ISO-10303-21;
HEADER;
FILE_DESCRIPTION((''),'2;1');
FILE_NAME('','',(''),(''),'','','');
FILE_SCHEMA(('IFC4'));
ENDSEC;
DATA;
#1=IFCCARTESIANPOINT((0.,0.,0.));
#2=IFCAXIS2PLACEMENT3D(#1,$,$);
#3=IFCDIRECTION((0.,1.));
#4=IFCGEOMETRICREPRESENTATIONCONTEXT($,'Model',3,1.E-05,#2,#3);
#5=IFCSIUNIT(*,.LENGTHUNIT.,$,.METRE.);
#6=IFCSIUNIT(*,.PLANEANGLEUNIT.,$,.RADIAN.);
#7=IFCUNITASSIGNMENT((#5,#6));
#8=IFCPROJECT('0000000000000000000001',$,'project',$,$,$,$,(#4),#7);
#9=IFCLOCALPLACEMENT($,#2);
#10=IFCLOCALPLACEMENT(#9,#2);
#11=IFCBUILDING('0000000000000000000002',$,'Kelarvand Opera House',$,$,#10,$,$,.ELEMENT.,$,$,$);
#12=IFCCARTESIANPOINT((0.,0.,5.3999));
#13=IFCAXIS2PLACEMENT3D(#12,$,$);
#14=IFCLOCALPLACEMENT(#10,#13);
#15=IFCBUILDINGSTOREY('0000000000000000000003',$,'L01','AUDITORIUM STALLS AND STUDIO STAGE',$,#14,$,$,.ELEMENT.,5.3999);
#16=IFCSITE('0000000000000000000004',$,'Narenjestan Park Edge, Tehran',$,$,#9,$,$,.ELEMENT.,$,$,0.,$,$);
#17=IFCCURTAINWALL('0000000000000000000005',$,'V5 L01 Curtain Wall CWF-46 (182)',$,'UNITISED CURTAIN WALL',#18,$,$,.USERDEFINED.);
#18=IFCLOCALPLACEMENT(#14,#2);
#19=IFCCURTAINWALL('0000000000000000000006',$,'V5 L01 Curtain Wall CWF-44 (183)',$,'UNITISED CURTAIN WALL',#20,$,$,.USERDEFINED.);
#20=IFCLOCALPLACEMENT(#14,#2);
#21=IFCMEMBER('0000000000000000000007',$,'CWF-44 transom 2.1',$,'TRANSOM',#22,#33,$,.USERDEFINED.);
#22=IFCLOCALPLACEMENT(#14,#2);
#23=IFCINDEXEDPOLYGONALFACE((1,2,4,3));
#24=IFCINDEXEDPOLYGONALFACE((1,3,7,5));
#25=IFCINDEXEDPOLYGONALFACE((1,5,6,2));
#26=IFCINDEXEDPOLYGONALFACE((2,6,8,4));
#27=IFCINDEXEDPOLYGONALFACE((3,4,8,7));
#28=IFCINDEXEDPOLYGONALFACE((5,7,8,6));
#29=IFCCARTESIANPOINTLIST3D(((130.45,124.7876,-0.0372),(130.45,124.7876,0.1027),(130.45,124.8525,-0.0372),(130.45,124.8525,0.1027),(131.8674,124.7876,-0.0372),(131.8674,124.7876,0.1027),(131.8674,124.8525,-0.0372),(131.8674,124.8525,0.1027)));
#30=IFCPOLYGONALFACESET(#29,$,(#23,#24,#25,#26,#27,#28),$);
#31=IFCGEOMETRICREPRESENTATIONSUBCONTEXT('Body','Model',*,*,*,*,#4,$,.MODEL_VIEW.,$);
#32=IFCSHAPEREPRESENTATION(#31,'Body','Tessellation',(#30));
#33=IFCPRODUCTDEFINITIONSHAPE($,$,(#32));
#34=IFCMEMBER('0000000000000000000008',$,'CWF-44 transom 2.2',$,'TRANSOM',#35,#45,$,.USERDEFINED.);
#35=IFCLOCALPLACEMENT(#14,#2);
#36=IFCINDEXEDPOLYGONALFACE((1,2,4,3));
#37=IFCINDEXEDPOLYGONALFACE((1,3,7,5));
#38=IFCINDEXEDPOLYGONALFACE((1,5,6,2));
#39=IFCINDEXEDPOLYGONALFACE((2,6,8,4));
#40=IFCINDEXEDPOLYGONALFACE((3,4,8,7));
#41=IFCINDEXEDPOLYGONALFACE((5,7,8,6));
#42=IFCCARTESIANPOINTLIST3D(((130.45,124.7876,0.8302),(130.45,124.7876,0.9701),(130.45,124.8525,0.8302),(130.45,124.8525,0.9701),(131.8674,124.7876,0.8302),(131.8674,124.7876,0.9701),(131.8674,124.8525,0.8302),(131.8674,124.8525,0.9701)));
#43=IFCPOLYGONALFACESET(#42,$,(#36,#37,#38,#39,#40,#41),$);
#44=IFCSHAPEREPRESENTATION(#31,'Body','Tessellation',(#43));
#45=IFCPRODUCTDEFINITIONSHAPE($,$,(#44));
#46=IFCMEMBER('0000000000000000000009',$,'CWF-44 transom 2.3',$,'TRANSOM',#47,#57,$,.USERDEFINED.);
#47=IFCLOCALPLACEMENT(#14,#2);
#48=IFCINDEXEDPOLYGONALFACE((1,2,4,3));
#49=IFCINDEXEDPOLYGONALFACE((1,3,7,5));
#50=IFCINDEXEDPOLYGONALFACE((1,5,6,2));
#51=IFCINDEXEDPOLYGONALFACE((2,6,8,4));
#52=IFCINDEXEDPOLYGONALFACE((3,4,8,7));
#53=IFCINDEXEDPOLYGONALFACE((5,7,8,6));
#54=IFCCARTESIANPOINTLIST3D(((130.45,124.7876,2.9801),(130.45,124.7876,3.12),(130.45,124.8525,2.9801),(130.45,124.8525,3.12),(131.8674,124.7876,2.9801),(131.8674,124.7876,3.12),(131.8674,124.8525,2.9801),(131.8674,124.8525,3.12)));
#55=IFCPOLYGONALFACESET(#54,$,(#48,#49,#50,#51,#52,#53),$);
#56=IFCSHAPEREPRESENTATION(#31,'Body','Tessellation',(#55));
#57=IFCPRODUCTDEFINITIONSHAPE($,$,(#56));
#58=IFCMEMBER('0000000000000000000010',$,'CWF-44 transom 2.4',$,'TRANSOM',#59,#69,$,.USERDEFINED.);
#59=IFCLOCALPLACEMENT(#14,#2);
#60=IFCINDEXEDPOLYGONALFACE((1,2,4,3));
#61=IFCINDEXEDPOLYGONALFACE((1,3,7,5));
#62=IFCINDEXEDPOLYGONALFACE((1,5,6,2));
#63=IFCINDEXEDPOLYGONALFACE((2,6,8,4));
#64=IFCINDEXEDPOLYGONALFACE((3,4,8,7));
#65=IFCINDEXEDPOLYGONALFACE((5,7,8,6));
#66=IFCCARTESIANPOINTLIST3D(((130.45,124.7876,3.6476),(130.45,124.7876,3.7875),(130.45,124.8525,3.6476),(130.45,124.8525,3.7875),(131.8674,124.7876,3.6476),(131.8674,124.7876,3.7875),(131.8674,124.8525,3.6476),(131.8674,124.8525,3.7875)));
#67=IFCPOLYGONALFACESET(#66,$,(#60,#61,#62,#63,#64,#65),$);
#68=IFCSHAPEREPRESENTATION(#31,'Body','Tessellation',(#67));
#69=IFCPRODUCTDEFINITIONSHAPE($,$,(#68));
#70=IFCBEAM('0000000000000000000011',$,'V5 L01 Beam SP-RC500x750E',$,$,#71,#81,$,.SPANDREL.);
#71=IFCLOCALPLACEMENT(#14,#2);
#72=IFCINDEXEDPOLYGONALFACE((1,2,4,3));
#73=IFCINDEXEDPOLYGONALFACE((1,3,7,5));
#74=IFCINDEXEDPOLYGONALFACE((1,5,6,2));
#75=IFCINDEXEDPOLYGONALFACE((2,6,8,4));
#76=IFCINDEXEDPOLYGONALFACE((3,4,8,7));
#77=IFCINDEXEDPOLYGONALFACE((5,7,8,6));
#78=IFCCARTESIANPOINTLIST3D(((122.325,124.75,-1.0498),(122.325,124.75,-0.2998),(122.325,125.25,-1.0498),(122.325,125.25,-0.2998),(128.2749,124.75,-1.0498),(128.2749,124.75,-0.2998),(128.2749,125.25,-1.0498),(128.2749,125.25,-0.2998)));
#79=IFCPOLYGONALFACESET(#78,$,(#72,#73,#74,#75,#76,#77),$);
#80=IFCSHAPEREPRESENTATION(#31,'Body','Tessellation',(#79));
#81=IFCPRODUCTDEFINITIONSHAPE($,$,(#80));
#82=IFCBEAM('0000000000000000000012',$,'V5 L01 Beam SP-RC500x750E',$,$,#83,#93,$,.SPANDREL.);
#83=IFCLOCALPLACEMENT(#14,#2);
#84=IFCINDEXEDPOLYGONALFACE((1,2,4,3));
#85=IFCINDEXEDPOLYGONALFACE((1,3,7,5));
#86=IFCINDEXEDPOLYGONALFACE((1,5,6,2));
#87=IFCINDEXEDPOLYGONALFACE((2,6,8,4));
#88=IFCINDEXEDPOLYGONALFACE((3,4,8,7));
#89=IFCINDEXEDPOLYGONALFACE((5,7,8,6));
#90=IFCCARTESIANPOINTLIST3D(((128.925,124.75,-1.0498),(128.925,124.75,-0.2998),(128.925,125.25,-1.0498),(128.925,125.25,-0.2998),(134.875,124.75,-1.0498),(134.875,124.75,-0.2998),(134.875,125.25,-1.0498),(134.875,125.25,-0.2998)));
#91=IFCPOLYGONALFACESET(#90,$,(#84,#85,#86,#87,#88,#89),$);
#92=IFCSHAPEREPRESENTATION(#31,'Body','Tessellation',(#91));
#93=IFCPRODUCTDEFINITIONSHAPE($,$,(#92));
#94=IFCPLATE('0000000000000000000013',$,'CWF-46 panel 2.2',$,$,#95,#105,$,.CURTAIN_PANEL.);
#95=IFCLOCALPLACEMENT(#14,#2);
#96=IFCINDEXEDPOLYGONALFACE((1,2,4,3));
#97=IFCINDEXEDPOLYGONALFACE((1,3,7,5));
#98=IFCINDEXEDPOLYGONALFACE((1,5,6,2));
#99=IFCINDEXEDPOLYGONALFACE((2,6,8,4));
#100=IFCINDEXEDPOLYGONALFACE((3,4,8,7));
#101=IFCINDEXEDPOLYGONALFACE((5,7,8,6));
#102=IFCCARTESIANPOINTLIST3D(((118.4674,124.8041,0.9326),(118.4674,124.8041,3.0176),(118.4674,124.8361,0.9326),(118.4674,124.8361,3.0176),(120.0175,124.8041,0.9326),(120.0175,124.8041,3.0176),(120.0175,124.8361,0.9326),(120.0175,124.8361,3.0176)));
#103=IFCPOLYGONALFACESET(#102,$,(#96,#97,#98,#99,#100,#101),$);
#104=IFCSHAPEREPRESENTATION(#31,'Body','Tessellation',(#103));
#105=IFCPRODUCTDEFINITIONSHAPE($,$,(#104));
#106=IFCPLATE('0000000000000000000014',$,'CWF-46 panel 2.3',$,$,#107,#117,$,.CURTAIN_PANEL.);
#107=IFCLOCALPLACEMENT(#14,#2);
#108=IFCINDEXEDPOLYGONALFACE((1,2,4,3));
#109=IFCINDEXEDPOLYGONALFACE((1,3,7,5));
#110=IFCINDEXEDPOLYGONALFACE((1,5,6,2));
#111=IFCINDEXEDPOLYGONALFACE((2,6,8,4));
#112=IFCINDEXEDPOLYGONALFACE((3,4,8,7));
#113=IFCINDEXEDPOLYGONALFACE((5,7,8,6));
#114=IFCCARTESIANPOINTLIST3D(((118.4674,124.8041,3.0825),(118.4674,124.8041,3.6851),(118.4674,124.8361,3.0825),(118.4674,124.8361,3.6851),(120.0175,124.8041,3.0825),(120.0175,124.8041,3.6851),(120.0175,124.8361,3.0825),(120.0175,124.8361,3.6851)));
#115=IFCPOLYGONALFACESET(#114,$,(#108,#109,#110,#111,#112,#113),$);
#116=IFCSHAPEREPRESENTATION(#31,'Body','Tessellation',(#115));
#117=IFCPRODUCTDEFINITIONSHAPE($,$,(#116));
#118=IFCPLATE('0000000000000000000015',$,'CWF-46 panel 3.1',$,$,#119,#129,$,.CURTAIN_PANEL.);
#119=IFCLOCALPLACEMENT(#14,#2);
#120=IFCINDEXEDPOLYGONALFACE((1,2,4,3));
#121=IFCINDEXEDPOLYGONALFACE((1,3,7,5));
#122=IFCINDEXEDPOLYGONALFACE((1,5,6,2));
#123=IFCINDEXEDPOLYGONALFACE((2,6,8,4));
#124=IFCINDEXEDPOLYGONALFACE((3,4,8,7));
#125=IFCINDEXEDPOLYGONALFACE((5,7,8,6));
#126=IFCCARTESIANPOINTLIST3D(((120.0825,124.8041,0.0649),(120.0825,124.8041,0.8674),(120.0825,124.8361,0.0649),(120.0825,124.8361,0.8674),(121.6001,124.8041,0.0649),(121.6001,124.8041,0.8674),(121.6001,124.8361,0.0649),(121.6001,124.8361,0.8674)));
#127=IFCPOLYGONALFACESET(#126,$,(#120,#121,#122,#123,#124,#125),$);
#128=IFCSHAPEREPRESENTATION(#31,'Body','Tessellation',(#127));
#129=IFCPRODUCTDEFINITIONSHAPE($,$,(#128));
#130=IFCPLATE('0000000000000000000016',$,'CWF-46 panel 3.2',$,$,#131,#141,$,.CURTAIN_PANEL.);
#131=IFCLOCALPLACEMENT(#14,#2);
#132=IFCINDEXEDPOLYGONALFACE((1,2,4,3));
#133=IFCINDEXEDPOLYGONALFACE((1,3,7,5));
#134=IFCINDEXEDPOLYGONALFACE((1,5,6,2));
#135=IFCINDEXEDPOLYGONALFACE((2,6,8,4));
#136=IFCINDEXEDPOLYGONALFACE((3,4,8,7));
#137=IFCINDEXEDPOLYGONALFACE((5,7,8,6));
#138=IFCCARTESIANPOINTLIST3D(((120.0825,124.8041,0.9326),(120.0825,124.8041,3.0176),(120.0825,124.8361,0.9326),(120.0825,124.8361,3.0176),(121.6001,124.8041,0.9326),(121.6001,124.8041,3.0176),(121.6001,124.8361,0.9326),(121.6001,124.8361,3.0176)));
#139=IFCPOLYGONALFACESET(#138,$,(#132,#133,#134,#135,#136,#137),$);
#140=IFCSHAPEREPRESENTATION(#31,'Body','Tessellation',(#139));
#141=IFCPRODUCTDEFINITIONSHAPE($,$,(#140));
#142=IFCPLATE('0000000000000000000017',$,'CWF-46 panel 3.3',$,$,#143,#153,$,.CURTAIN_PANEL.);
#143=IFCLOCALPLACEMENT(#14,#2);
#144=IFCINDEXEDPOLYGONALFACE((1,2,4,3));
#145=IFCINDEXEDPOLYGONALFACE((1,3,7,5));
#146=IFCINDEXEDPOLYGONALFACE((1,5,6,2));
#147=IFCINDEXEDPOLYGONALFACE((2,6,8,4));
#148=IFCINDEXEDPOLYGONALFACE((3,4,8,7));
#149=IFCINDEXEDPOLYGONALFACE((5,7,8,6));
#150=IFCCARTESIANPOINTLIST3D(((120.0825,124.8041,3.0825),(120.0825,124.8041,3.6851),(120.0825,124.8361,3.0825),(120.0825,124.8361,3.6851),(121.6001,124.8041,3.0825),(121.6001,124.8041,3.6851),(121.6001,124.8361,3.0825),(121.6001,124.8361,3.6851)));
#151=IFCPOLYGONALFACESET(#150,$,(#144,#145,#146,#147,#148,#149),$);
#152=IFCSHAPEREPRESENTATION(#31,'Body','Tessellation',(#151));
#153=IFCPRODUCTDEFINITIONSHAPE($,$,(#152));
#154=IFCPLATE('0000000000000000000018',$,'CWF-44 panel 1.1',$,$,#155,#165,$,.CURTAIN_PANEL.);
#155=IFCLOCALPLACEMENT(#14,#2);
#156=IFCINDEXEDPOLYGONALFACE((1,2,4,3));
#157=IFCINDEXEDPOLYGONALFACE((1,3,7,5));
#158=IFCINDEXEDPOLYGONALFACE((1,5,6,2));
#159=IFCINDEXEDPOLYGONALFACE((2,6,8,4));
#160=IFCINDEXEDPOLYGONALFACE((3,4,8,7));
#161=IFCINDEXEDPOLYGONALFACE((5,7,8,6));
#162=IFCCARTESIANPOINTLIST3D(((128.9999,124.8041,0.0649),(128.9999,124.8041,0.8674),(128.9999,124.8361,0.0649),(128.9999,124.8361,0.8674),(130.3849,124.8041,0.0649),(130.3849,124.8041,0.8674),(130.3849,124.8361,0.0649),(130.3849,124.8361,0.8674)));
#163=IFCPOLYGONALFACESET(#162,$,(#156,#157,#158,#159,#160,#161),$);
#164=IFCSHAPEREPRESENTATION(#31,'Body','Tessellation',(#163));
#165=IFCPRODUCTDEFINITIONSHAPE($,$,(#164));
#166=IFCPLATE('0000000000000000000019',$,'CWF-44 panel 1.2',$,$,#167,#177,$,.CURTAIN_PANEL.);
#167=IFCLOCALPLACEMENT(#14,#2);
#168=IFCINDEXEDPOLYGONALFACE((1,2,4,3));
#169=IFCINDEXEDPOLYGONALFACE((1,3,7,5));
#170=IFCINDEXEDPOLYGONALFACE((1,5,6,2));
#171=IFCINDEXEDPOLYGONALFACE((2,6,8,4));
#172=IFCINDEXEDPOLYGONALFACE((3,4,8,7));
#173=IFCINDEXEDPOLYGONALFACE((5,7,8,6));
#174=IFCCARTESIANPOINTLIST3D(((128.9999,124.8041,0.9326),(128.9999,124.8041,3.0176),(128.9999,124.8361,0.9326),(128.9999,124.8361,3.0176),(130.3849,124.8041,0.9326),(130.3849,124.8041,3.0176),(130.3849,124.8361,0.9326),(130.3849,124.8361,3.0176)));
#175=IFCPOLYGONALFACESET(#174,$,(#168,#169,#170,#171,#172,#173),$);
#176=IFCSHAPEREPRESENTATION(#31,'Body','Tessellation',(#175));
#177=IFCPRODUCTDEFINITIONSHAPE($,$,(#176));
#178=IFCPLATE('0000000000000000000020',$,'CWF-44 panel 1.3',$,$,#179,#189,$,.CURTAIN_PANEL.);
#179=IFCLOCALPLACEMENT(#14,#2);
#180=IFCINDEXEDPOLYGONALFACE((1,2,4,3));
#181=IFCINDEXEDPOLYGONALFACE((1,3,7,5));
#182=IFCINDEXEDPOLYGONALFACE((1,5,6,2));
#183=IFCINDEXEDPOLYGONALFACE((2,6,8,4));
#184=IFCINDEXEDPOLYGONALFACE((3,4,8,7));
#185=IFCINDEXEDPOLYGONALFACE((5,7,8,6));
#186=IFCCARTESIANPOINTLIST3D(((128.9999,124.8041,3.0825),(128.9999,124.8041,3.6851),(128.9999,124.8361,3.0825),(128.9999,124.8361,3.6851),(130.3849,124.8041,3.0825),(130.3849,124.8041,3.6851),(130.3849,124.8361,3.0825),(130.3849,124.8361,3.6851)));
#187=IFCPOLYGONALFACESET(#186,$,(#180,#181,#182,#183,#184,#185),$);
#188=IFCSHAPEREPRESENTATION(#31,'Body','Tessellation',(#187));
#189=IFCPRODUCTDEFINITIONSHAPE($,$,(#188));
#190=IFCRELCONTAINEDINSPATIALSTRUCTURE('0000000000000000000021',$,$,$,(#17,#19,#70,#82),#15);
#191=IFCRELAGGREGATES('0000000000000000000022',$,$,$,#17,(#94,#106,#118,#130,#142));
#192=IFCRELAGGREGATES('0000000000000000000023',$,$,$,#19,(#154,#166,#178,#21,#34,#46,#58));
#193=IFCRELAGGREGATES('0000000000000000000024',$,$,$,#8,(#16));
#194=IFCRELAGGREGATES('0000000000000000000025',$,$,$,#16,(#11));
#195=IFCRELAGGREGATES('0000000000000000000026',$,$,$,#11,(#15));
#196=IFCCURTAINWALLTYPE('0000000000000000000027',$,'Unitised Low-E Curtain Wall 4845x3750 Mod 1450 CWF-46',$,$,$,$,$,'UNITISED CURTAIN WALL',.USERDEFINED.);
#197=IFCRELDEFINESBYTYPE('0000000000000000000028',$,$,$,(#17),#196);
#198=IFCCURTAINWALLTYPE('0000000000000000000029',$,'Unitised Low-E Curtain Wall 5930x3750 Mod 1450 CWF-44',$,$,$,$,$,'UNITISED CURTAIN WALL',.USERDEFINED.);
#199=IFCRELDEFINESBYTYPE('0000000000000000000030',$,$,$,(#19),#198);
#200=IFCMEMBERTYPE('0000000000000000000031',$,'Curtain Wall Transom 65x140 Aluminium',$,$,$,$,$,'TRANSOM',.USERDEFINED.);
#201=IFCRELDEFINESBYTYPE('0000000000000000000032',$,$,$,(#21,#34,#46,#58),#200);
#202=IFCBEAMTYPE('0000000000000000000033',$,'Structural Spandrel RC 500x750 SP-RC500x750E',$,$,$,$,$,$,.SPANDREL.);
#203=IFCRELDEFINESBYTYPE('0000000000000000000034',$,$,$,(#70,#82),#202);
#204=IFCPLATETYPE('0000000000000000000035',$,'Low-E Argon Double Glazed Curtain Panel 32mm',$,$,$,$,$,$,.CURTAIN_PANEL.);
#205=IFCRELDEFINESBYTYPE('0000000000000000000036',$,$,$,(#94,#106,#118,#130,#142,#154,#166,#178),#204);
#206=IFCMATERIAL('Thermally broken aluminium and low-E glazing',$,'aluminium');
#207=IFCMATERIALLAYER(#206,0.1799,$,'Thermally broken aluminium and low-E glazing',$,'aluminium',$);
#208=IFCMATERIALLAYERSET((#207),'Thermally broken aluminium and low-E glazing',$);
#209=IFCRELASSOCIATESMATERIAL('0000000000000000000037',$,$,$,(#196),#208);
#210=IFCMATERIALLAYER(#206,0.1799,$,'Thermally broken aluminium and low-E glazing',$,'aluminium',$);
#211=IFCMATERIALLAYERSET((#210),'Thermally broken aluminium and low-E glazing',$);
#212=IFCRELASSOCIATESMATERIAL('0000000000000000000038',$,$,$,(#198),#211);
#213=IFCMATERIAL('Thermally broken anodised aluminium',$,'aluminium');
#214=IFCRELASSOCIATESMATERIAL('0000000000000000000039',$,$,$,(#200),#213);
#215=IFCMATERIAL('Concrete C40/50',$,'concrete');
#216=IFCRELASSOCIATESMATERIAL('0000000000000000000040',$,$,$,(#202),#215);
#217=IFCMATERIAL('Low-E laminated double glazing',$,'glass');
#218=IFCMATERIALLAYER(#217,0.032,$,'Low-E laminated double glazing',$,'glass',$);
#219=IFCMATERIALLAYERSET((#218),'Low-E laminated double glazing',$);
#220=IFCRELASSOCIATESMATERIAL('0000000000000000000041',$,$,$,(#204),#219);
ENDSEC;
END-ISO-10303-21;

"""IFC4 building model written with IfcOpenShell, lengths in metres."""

from ifc_helpers import new_model, si_unit, direction, frame, origin, origin_2d, place, context, subcontext, project, spatial, rectangle, extrude, material, layer, layer_set, material_profile, profile_set, type_object, element, aggregate, save


model = new_model("IFC4")

# Units and contexts
model_context = context("Model", 3, precision=1e-05, world=origin(), true_north=direction((0.0, 1.0)))
body_context = subcontext(model_context, "Body", "Model", "MODEL_VIEW")
ifc_project = project(units=[si_unit("LENGTHUNIT", "METRE"), si_unit("PLANEANGLEUNIT", "RADIAN")], contexts=[model_context])

# Site, building, storey
site_placement = place(None, origin())
site = spatial("IfcSite", under=ifc_project, at=site_placement, Name="Narenjestan Park Edge, Tehran", CompositionType="ELEMENT", RefElevation=0.0)
building_placement = place(site_placement, origin())
building = spatial("IfcBuilding", under=site, at=building_placement, Name="Kelarvand Opera House", CompositionType="ELEMENT")
storey_placement = place(building_placement, frame((0.0, 0.0, 5.3999)))
storey = spatial("IfcBuildingStorey", under=building, at=storey_placement, Name="L01", Description="AUDITORIUM STALLS AND STUDIO STAGE", CompositionType="ELEMENT", Elevation=5.3999)

# Shared definitions
ifc_material_1 = material(Name="Concrete C40/50", Category="concrete")

# Curtain walls
ifc_material_2 = material(Name="Thermally broken aluminium and low-E glazing", Category="aluminium")
ifc_layer_1 = layer(ifc_material_2, 0.1799, Name="Thermally broken aluminium and low-E glazing", Category="aluminium")
ifc_layer_set_1 = layer_set([ifc_layer_1], Name="Thermally broken aluminium and low-E glazing")
curtain_wall_type_1 = type_object("IfcCurtainWallType", Name="Unitised Low-E Curtain Wall 4845x3750 Mod 1450 CWF-46", ElementType="UNITISED CURTAIN WALL", PredefinedType="USERDEFINED", material=ifc_layer_set_1)
curtain_wall_1_placement = place(storey_placement, origin())
curtain_wall_1 = element("IfcCurtainWall", 1, at=curtain_wall_1_placement, inside=storey, type_object=curtain_wall_type_1, Name="V5 L01 Curtain Wall CWF-46 (182)", ObjectType="UNITISED CURTAIN WALL", PredefinedType="USERDEFINED")
ifc_material_3 = material(Name="Thermally broken anodised aluminium", Category="aluminium")
ifc_layer_2 = layer(ifc_material_2, 0.1799, Name="Thermally broken aluminium and low-E glazing", Category="aluminium")
ifc_layer_set_2 = layer_set([ifc_layer_2], Name="Thermally broken aluminium and low-E glazing")
curtain_wall_type_2 = type_object("IfcCurtainWallType", Name="Unitised Low-E Curtain Wall 5930x3750 Mod 1450 CWF-44", ElementType="UNITISED CURTAIN WALL", PredefinedType="USERDEFINED", material=ifc_layer_set_2)
curtain_wall_2_placement = place(storey_placement, origin())
curtain_wall_2 = element("IfcCurtainWall", 2, at=curtain_wall_2_placement, inside=storey, type_object=curtain_wall_type_2, Name="V5 L01 Curtain Wall CWF-44 (183)", ObjectType="UNITISED CURTAIN WALL", PredefinedType="USERDEFINED")

# Members
ifc_material_profile_1 = material_profile(ifc_material_3, rectangle(XDim=0.0649, YDim=0.1399, at=origin_2d()), Name="ALU TRANSOM 65x140", Category="aluminium")
ifc_profile_set_1 = profile_set([ifc_material_profile_1], Name="Thermally broken anodised aluminium")
member_type_1 = type_object("IfcMemberType", Name="Curtain Wall Transom 65x140 Aluminium", ElementType="TRANSOM", PredefinedType="USERDEFINED", material=ifc_profile_set_1)
member_1_placement = place(storey_placement, frame((130.45, 124.8201, 0.0327), z_axis=(1.0, 0.0, 0.0), x_axis=(0.0, 1.0, 0.0)))
member_1 = element("IfcMember", 3, at=member_1_placement, type_object=member_type_1, Name="CWF-44 transom 2.1", ObjectType="TRANSOM", PredefinedType="USERDEFINED", context=body_context, shape_type="SweptSolid", body=[
    extrude(rectangle(XDim=0.0649, YDim=0.1399, at=origin_2d()), origin(), (0.0, 0.0, 1.0), 1.4175),
])
member_2_placement = place(storey_placement, frame((130.45, 124.8201, 0.9001), z_axis=(1.0, 0.0, 0.0), x_axis=(0.0, 1.0, 0.0)))
member_2 = element("IfcMember", 4, at=member_2_placement, type_object=member_type_1, Name="CWF-44 transom 2.2", ObjectType="TRANSOM", PredefinedType="USERDEFINED", context=body_context, shape_type="SweptSolid", body=[
    extrude(rectangle(XDim=0.0649, YDim=0.1399, at=origin_2d()), origin(), (0.0, 0.0, 1.0), 1.4175),
])
member_3_placement = place(storey_placement, frame((130.45, 124.8201, 3.05), z_axis=(1.0, 0.0, 0.0), x_axis=(0.0, 1.0, 0.0)))
member_3 = element("IfcMember", 5, at=member_3_placement, type_object=member_type_1, Name="CWF-44 transom 2.3", ObjectType="TRANSOM", PredefinedType="USERDEFINED", context=body_context, shape_type="SweptSolid", body=[
    extrude(rectangle(XDim=0.0649, YDim=0.1399, at=origin_2d()), origin(), (0.0, 0.0, 1.0), 1.4175),
])
member_4_placement = place(storey_placement, frame((130.45, 124.8201, 3.7175), z_axis=(1.0, 0.0, 0.0), x_axis=(0.0, 1.0, 0.0)))
member_4 = element("IfcMember", 6, at=member_4_placement, type_object=member_type_1, Name="CWF-44 transom 2.4", ObjectType="TRANSOM", PredefinedType="USERDEFINED", context=body_context, shape_type="SweptSolid", body=[
    extrude(rectangle(XDim=0.0649, YDim=0.1399, at=origin_2d()), origin(), (0.0, 0.0, 1.0), 1.4175),
])

# Beams
ifc_material_profile_2 = material_profile(ifc_material_1, rectangle(XDim=0.5, YDim=0.75, at=origin_2d()), Name="RC 500x750", Category="concrete")
ifc_profile_set_2 = profile_set([ifc_material_profile_2], Name="Concrete C40/50")
beam_type = type_object("IfcBeamType", Name="Structural Spandrel RC 500x750 SP-RC500x750E", PredefinedType="SPANDREL", material=ifc_profile_set_2)
for number, where, z_axis, x_axis, name in (
    (7, (122.325, 125.0, -0.6748), (1.0, 0.0, 0.0), (0.0, 1.0, 0.0), "V5 L01 Beam SP-RC500x750E"),
    (8, (128.925, 125.0, -0.6748), (1.0, 0.0, 0.0), (0.0, 1.0, 0.0), "V5 L01 Beam SP-RC500x750E"),
):
    element("IfcBeam", number, at=place(storey_placement, frame(where, z_axis=z_axis, x_axis=x_axis)), inside=storey, type_object=beam_type, Name=name, PredefinedType="SPANDREL", context=body_context, shape_type="SweptSolid", body=[
        extrude(rectangle(XDim=0.5, YDim=0.75, at=origin_2d()), origin(), (0.0, 0.0, 1.0), 5.95),
    ])

# Plates
ifc_material_4 = material(Name="Low-E laminated double glazing", Category="glass")
ifc_layer_3 = layer(ifc_material_4, 0.032, Name="Low-E laminated double glazing", Category="glass")
ifc_layer_set_3 = layer_set([ifc_layer_3], Name="Low-E laminated double glazing")
plate_type = type_object("IfcPlateType", Name="Low-E Argon Double Glazed Curtain Panel 32mm", PredefinedType="CURTAIN_PANEL", material=ifc_layer_set_3)
plate_1_placement = place(storey_placement, frame((119.2424, 124.8201, 0.9326), z_axis=(0.0, 0.0, 1.0), x_axis=(1.0, 0.0, 0.0)))
plate_1 = element("IfcPlate", 9, at=plate_1_placement, type_object=plate_type, Name="CWF-46 panel 2.2", PredefinedType="CURTAIN_PANEL", context=body_context, shape_type="SweptSolid", body=[
    extrude(rectangle(XDim=1.55, YDim=0.032, at=origin_2d()), origin(), (0.0, 0.0, 1.0), 2.085),
])
plate_2_placement = place(storey_placement, frame((119.2424, 124.8201, 3.0825), z_axis=(0.0, 0.0, 1.0), x_axis=(1.0, 0.0, 0.0)))
plate_2 = element("IfcPlate", 10, at=plate_2_placement, type_object=plate_type, Name="CWF-46 panel 2.3", PredefinedType="CURTAIN_PANEL", context=body_context, shape_type="SweptSolid", body=[
    extrude(rectangle(XDim=1.55, YDim=0.032, at=origin_2d()), origin(), (0.0, 0.0, 1.0), 0.6025),
])
plate_3_placement = place(storey_placement, frame((120.8413, 124.8201, 0.0649), z_axis=(0.0, 0.0, 1.0), x_axis=(1.0, 0.0, 0.0)))
plate_3 = element("IfcPlate", 11, at=plate_3_placement, type_object=plate_type, Name="CWF-46 panel 3.1", PredefinedType="CURTAIN_PANEL", context=body_context, shape_type="SweptSolid", body=[
    extrude(rectangle(XDim=1.5176, YDim=0.032, at=origin_2d()), origin(), (0.0, 0.0, 1.0), 0.8025),
])
plate_4_placement = place(storey_placement, frame((120.8413, 124.8201, 0.9326), z_axis=(0.0, 0.0, 1.0), x_axis=(1.0, 0.0, 0.0)))
plate_4 = element("IfcPlate", 12, at=plate_4_placement, type_object=plate_type, Name="CWF-46 panel 3.2", PredefinedType="CURTAIN_PANEL", context=body_context, shape_type="SweptSolid", body=[
    extrude(rectangle(XDim=1.5176, YDim=0.032, at=origin_2d()), origin(), (0.0, 0.0, 1.0), 2.085),
])
plate_5_placement = place(storey_placement, frame((120.8413, 124.8201, 3.0825), z_axis=(0.0, 0.0, 1.0), x_axis=(1.0, 0.0, 0.0)))
plate_5 = element("IfcPlate", 13, at=plate_5_placement, type_object=plate_type, Name="CWF-46 panel 3.3", PredefinedType="CURTAIN_PANEL", context=body_context, shape_type="SweptSolid", body=[
    extrude(rectangle(XDim=1.5176, YDim=0.032, at=origin_2d()), origin(), (0.0, 0.0, 1.0), 0.6025),
])
aggregate(curtain_wall_1, [plate_1, plate_2, plate_3, plate_4, plate_5])
plate_6_placement = place(storey_placement, frame((129.6924, 124.8201, 0.0649), z_axis=(0.0, 0.0, 1.0), x_axis=(1.0, 0.0, 0.0)))
plate_6 = element("IfcPlate", 14, at=plate_6_placement, type_object=plate_type, Name="CWF-44 panel 1.1", PredefinedType="CURTAIN_PANEL", context=body_context, shape_type="SweptSolid", body=[
    extrude(rectangle(XDim=1.385, YDim=0.032, at=origin_2d()), origin(), (0.0, 0.0, 1.0), 0.8025),
])
plate_7_placement = place(storey_placement, frame((129.6924, 124.8201, 0.9326), z_axis=(0.0, 0.0, 1.0), x_axis=(1.0, 0.0, 0.0)))
plate_7 = element("IfcPlate", 15, at=plate_7_placement, type_object=plate_type, Name="CWF-44 panel 1.2", PredefinedType="CURTAIN_PANEL", context=body_context, shape_type="SweptSolid", body=[
    extrude(rectangle(XDim=1.385, YDim=0.032, at=origin_2d()), origin(), (0.0, 0.0, 1.0), 2.085),
])
plate_8_placement = place(storey_placement, frame((129.6924, 124.8201, 3.0825), z_axis=(0.0, 0.0, 1.0), x_axis=(1.0, 0.0, 0.0)))
plate_8 = element("IfcPlate", 16, at=plate_8_placement, type_object=plate_type, Name="CWF-44 panel 1.3", PredefinedType="CURTAIN_PANEL", context=body_context, shape_type="SweptSolid", body=[
    extrude(rectangle(XDim=1.385, YDim=0.032, at=origin_2d()), origin(), (0.0, 0.0, 1.0), 0.6025),
])
aggregate(curtain_wall_2, [plate_6, plate_7, plate_8, member_1, member_2, member_3, member_4])

save(model, "model.ifc")
